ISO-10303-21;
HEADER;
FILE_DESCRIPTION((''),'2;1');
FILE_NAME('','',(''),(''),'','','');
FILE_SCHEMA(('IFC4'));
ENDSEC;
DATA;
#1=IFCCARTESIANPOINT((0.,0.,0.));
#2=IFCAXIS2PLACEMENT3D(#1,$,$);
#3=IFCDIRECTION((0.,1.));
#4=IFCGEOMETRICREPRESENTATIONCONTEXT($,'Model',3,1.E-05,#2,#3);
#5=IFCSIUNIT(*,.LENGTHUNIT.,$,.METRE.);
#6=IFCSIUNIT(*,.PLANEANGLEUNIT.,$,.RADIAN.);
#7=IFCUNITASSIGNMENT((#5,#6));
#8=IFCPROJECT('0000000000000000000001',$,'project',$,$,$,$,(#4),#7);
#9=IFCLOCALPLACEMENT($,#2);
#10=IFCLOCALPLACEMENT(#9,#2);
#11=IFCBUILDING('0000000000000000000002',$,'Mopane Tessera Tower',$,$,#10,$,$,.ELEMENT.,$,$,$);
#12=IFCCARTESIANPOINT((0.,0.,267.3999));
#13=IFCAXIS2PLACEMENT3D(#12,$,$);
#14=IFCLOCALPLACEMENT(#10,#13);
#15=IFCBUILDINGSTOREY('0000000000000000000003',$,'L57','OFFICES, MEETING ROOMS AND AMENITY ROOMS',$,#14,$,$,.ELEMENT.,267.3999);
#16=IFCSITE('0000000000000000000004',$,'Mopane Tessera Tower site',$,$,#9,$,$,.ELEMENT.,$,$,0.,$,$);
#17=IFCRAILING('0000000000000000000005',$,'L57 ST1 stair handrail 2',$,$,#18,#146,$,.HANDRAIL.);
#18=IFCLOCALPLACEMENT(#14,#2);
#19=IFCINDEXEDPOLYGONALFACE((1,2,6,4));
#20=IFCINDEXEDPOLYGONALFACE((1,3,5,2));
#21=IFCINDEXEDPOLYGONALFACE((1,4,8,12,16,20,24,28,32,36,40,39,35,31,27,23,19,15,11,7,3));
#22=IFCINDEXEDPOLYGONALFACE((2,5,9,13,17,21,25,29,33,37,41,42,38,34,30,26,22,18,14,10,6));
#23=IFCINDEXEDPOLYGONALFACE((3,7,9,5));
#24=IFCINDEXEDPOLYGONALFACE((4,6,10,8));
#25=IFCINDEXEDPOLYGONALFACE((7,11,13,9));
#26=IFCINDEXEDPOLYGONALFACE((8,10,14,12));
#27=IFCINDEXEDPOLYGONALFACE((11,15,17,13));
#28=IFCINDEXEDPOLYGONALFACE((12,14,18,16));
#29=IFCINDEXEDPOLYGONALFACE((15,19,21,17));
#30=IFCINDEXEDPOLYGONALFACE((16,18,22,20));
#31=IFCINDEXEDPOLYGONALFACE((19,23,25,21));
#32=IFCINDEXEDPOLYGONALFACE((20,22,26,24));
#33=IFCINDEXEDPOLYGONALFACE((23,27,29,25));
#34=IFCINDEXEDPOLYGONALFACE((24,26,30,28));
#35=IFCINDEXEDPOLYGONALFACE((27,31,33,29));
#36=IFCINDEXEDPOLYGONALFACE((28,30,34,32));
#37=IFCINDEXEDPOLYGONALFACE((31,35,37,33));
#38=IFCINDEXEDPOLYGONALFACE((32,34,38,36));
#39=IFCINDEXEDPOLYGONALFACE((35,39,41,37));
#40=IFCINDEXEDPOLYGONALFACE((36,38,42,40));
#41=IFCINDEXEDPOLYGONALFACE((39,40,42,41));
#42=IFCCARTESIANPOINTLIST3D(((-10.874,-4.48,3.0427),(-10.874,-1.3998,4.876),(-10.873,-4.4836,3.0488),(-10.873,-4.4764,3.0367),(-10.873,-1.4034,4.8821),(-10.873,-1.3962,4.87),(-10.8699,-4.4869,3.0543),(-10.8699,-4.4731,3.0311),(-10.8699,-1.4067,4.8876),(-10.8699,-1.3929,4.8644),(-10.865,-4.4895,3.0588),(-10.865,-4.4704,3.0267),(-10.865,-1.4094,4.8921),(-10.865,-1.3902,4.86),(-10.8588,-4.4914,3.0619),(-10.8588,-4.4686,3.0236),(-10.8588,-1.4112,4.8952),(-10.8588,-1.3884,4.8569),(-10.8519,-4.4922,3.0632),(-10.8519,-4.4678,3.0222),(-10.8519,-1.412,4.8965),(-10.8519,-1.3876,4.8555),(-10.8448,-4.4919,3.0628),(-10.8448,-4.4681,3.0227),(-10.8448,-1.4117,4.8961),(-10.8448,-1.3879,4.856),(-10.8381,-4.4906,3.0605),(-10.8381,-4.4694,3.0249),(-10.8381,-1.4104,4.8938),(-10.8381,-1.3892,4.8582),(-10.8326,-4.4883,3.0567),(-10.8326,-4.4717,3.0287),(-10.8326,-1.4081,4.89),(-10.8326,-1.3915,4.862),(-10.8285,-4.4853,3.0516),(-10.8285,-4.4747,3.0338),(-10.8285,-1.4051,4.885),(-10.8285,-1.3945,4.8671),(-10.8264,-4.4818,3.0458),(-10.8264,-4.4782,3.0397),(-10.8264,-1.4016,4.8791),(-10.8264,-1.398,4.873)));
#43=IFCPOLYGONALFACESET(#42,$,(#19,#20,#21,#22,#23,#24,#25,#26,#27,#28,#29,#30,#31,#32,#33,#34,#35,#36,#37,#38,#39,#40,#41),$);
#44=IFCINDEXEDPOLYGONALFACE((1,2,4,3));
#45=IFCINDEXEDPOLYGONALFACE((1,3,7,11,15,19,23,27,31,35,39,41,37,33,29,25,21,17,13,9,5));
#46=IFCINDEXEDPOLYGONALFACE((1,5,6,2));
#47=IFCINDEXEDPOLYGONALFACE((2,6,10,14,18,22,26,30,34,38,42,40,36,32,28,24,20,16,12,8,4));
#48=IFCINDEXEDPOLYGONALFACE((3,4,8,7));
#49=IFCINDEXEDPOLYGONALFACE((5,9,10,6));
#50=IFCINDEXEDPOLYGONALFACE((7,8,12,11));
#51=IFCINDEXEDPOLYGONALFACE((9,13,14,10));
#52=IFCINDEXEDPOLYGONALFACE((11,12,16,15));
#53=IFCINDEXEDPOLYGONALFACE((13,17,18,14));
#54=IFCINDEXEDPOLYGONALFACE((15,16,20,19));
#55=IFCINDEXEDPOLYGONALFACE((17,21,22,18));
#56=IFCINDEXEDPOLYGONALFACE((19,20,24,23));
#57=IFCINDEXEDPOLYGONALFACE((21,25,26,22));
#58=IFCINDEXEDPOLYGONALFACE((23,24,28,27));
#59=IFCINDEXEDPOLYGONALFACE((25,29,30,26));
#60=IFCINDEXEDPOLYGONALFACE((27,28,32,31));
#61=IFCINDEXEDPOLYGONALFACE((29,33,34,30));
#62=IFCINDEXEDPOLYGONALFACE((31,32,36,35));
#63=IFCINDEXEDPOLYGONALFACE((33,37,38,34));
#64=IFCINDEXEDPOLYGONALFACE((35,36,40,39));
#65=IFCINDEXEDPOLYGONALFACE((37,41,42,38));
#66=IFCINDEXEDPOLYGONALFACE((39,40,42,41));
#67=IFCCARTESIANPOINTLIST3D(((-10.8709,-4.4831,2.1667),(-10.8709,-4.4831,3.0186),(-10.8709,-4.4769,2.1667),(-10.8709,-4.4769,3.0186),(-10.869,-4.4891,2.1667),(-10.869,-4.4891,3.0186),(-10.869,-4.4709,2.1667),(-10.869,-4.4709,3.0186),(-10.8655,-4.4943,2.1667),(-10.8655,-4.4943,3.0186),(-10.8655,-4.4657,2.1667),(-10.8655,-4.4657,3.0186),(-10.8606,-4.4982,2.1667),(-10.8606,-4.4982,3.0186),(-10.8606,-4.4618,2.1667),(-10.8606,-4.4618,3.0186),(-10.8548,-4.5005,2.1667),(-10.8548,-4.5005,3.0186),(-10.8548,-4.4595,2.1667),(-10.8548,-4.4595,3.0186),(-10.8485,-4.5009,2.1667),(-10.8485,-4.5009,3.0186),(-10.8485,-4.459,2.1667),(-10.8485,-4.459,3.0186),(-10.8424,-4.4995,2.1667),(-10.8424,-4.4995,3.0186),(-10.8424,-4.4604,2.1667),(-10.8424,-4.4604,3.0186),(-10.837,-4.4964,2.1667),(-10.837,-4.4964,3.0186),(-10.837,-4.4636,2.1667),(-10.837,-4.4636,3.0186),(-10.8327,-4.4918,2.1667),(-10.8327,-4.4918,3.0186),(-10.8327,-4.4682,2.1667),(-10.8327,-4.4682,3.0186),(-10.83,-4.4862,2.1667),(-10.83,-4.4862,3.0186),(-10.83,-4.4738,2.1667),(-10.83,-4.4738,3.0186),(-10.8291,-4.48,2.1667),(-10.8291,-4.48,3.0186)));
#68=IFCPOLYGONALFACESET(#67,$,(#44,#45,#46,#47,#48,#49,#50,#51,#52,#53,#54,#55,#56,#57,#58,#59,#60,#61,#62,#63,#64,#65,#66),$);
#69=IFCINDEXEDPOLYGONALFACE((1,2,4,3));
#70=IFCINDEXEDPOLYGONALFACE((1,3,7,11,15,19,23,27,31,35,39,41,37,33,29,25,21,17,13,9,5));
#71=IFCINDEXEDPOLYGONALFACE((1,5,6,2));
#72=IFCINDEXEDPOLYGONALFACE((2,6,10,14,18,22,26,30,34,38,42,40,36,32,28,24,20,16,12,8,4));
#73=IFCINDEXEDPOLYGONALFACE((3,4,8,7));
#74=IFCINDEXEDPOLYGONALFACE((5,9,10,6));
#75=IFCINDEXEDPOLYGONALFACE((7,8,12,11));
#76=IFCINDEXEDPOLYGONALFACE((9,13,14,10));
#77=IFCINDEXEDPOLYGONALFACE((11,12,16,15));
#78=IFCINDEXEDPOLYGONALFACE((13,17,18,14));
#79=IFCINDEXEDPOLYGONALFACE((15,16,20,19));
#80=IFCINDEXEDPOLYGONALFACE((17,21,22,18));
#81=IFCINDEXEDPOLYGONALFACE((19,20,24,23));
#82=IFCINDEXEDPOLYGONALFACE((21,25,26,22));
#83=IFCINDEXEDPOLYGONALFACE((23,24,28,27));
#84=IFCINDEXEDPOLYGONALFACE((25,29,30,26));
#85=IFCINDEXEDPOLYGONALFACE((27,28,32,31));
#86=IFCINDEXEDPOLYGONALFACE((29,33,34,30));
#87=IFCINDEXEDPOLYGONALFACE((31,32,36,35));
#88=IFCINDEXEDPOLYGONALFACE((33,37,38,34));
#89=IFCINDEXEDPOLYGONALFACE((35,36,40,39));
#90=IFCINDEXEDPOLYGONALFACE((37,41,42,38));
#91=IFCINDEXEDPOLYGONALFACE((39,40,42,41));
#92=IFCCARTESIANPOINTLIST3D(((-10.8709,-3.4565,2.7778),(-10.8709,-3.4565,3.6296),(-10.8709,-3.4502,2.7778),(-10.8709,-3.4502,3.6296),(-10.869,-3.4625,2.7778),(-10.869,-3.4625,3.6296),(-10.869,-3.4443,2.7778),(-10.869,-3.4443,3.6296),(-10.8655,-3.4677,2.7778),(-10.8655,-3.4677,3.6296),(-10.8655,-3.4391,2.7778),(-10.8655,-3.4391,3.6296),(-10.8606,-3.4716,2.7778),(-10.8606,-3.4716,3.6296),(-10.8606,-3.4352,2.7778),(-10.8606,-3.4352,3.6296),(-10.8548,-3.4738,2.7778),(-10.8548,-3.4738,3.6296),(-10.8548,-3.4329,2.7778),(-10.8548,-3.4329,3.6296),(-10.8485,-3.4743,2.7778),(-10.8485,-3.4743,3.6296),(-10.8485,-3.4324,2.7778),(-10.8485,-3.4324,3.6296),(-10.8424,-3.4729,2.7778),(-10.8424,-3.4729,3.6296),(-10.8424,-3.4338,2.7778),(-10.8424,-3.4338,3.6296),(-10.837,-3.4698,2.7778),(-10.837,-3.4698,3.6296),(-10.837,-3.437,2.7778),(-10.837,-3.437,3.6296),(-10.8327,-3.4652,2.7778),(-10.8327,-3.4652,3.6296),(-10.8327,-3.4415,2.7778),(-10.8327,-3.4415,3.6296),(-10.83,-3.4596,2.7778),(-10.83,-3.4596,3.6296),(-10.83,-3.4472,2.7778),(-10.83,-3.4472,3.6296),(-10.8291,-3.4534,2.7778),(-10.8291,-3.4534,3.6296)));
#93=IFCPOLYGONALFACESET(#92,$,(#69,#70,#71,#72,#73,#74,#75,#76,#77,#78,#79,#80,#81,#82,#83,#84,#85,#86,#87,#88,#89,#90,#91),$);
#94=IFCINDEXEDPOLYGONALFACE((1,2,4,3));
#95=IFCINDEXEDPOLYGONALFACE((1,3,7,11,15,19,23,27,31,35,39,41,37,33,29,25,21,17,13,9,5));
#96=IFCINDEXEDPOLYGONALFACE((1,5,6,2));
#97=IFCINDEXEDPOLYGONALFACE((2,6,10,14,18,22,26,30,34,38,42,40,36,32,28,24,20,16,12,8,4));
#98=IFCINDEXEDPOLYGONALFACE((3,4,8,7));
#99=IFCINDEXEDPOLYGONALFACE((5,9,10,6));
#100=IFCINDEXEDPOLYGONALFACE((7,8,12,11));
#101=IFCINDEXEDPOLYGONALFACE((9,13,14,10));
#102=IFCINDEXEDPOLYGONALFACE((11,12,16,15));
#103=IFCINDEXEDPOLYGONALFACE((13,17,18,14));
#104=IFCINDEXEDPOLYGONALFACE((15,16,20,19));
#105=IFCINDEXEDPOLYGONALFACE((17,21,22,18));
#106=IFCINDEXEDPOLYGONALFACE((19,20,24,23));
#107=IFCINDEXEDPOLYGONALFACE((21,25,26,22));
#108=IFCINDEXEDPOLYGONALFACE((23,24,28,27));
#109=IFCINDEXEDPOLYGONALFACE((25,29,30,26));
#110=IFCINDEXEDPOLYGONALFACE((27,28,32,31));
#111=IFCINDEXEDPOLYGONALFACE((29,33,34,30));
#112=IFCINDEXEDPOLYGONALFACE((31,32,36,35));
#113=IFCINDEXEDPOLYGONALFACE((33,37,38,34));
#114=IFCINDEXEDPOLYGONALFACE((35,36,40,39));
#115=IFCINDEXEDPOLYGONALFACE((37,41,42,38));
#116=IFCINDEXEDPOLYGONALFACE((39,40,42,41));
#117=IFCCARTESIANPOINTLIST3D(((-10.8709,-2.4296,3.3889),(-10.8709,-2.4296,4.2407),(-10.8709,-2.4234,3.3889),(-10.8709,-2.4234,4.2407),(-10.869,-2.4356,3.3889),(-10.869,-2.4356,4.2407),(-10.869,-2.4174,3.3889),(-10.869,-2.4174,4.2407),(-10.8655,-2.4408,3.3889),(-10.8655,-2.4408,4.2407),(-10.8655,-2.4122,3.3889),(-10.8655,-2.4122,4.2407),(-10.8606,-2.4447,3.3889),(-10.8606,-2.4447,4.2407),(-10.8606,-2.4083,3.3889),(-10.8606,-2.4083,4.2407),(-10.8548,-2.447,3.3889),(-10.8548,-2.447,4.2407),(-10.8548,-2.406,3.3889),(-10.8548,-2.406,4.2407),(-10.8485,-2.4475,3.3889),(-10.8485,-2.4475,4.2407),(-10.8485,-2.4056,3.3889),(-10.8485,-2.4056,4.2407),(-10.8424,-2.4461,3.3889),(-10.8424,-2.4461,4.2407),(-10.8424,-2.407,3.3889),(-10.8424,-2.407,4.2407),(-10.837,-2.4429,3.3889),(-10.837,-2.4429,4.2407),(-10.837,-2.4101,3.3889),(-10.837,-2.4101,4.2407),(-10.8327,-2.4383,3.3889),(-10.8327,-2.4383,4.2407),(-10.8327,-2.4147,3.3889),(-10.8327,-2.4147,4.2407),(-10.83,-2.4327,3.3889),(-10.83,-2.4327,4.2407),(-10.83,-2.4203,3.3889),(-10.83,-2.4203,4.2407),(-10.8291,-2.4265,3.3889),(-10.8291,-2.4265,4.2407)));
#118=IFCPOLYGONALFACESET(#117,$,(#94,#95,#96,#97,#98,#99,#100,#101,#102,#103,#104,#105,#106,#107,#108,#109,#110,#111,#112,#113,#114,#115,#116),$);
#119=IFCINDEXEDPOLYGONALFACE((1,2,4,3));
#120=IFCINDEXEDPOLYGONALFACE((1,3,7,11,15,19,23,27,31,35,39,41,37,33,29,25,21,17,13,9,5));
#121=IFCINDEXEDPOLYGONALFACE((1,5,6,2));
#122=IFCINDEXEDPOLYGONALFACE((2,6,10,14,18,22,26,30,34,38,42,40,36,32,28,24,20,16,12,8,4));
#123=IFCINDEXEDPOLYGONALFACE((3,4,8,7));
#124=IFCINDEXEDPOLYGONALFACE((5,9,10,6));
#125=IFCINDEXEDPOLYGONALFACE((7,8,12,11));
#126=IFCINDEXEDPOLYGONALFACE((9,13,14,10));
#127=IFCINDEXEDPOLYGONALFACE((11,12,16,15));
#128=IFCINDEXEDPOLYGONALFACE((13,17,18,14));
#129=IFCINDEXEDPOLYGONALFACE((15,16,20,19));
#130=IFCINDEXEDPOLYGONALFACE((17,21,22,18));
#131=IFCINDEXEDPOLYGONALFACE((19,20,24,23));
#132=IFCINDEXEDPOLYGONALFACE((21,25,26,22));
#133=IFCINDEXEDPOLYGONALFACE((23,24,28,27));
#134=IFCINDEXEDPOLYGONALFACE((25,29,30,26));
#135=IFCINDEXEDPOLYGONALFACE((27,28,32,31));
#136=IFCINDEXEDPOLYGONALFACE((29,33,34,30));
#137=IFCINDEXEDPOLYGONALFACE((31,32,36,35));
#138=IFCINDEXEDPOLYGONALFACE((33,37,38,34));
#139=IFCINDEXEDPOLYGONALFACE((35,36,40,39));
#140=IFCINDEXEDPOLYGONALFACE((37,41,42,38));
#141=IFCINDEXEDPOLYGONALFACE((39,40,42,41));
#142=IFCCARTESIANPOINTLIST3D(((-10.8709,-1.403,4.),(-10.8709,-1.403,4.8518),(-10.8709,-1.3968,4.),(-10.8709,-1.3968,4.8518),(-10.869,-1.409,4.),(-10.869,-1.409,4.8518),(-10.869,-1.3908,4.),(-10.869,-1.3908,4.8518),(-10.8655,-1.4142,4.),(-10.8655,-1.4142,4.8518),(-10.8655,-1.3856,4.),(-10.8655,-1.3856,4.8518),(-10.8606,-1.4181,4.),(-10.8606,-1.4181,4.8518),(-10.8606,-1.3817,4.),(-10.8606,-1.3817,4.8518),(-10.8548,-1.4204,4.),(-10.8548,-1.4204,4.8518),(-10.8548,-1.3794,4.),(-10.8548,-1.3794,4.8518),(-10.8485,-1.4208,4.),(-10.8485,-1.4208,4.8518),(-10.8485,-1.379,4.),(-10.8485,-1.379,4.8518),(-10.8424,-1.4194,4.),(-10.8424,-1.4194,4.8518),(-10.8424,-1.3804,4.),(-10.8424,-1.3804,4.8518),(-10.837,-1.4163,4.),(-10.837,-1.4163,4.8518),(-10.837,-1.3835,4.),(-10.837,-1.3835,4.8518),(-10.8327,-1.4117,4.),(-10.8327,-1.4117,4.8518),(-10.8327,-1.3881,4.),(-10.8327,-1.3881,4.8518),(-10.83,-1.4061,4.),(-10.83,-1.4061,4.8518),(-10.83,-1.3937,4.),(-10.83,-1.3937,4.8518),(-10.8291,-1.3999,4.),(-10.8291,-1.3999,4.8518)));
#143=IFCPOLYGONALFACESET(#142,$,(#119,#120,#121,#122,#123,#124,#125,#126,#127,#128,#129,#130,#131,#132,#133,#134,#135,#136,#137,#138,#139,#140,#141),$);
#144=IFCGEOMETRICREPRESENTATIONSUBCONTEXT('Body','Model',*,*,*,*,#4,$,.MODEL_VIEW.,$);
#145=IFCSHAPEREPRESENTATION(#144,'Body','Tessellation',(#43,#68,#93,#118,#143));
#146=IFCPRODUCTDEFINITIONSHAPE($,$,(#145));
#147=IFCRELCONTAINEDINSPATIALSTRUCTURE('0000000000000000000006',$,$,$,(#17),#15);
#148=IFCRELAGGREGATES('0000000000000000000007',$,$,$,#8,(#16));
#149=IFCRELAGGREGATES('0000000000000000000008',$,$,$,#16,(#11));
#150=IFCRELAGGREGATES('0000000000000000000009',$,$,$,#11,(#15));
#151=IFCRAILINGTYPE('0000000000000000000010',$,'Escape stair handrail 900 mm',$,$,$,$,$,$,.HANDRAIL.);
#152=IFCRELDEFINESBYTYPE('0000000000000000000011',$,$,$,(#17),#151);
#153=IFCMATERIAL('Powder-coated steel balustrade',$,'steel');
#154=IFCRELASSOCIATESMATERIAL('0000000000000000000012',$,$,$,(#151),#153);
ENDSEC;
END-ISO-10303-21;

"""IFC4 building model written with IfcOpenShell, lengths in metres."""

from ifc_helpers import new_model, si_unit, direction, frame, origin, origin_2d, place, context, subcontext, project, spatial, circle, extrude, material, type_object, element, save


model = new_model("IFC4")

# Units and contexts
model_context = context("Model", 3, precision=1e-05, world=origin(), true_north=direction((0.0, 1.0)))
body_context = subcontext(model_context, "Body", "Model", "MODEL_VIEW")
ifc_project = project(units=[si_unit("LENGTHUNIT", "METRE"), si_unit("PLANEANGLEUNIT", "RADIAN")], contexts=[model_context])

# Site, building, storey
site_placement = place(None, origin())
site = spatial("IfcSite", under=ifc_project, at=site_placement, Name="Mopane Tessera Tower site", CompositionType="ELEMENT", RefElevation=0.0)
building_placement = place(site_placement, origin())
building = spatial("IfcBuilding", under=site, at=building_placement, Name="Mopane Tessera Tower", CompositionType="ELEMENT")
storey_placement = place(building_placement, frame((0.0, 0.0, 267.3999)))
storey = spatial("IfcBuildingStorey", under=building, at=storey_placement, Name="L57", Description="OFFICES, MEETING ROOMS AND AMENITY ROOMS", CompositionType="ELEMENT", Elevation=267.3999)

# Railing
ifc_material_1 = material(Name="Powder-coated steel balustrade", Category="steel")
railing_type_1 = type_object("IfcRailingType", Name="Escape stair handrail 900 mm", PredefinedType="HANDRAIL", material=ifc_material_1)
railing_1_placement = place(storey_placement, frame((-10.8501, -4.48, 2.1667)))
element("IfcRailing", 1, at=railing_1_placement, inside=storey, type_object=railing_type_1, Name="L57 ST1 stair handrail 2", PredefinedType="HANDRAIL", context=body_context, shape_type="SweptSolid", body=[
    extrude(circle(Radius=0.0239, at=origin_2d()), frame((0.0, 0.0, 0.876), z_axis=(0.0, 0.859309, 0.511458), x_axis=(-1.0, 0.0, 0.0)), (0.0, 0.0, 1.0), 3.5845),
    extrude(circle(Radius=0.021, at=origin_2d()), origin(), (0.0, 0.0, 1.0), 0.8518),
    extrude(circle(Radius=0.021, at=origin_2d()), frame((0.0, 1.0266, 0.6111)), (0.0, 0.0, 1.0), 0.8518),
    extrude(circle(Radius=0.021, at=origin_2d()), frame((0.0, 2.0535, 1.2222)), (0.0, 0.0, 1.0), 0.8518),
    extrude(circle(Radius=0.021, at=origin_2d()), frame((0.0, 3.0801, 1.8333)), (0.0, 0.0, 1.0), 0.8518),
])

save(model, "model.ifc")
